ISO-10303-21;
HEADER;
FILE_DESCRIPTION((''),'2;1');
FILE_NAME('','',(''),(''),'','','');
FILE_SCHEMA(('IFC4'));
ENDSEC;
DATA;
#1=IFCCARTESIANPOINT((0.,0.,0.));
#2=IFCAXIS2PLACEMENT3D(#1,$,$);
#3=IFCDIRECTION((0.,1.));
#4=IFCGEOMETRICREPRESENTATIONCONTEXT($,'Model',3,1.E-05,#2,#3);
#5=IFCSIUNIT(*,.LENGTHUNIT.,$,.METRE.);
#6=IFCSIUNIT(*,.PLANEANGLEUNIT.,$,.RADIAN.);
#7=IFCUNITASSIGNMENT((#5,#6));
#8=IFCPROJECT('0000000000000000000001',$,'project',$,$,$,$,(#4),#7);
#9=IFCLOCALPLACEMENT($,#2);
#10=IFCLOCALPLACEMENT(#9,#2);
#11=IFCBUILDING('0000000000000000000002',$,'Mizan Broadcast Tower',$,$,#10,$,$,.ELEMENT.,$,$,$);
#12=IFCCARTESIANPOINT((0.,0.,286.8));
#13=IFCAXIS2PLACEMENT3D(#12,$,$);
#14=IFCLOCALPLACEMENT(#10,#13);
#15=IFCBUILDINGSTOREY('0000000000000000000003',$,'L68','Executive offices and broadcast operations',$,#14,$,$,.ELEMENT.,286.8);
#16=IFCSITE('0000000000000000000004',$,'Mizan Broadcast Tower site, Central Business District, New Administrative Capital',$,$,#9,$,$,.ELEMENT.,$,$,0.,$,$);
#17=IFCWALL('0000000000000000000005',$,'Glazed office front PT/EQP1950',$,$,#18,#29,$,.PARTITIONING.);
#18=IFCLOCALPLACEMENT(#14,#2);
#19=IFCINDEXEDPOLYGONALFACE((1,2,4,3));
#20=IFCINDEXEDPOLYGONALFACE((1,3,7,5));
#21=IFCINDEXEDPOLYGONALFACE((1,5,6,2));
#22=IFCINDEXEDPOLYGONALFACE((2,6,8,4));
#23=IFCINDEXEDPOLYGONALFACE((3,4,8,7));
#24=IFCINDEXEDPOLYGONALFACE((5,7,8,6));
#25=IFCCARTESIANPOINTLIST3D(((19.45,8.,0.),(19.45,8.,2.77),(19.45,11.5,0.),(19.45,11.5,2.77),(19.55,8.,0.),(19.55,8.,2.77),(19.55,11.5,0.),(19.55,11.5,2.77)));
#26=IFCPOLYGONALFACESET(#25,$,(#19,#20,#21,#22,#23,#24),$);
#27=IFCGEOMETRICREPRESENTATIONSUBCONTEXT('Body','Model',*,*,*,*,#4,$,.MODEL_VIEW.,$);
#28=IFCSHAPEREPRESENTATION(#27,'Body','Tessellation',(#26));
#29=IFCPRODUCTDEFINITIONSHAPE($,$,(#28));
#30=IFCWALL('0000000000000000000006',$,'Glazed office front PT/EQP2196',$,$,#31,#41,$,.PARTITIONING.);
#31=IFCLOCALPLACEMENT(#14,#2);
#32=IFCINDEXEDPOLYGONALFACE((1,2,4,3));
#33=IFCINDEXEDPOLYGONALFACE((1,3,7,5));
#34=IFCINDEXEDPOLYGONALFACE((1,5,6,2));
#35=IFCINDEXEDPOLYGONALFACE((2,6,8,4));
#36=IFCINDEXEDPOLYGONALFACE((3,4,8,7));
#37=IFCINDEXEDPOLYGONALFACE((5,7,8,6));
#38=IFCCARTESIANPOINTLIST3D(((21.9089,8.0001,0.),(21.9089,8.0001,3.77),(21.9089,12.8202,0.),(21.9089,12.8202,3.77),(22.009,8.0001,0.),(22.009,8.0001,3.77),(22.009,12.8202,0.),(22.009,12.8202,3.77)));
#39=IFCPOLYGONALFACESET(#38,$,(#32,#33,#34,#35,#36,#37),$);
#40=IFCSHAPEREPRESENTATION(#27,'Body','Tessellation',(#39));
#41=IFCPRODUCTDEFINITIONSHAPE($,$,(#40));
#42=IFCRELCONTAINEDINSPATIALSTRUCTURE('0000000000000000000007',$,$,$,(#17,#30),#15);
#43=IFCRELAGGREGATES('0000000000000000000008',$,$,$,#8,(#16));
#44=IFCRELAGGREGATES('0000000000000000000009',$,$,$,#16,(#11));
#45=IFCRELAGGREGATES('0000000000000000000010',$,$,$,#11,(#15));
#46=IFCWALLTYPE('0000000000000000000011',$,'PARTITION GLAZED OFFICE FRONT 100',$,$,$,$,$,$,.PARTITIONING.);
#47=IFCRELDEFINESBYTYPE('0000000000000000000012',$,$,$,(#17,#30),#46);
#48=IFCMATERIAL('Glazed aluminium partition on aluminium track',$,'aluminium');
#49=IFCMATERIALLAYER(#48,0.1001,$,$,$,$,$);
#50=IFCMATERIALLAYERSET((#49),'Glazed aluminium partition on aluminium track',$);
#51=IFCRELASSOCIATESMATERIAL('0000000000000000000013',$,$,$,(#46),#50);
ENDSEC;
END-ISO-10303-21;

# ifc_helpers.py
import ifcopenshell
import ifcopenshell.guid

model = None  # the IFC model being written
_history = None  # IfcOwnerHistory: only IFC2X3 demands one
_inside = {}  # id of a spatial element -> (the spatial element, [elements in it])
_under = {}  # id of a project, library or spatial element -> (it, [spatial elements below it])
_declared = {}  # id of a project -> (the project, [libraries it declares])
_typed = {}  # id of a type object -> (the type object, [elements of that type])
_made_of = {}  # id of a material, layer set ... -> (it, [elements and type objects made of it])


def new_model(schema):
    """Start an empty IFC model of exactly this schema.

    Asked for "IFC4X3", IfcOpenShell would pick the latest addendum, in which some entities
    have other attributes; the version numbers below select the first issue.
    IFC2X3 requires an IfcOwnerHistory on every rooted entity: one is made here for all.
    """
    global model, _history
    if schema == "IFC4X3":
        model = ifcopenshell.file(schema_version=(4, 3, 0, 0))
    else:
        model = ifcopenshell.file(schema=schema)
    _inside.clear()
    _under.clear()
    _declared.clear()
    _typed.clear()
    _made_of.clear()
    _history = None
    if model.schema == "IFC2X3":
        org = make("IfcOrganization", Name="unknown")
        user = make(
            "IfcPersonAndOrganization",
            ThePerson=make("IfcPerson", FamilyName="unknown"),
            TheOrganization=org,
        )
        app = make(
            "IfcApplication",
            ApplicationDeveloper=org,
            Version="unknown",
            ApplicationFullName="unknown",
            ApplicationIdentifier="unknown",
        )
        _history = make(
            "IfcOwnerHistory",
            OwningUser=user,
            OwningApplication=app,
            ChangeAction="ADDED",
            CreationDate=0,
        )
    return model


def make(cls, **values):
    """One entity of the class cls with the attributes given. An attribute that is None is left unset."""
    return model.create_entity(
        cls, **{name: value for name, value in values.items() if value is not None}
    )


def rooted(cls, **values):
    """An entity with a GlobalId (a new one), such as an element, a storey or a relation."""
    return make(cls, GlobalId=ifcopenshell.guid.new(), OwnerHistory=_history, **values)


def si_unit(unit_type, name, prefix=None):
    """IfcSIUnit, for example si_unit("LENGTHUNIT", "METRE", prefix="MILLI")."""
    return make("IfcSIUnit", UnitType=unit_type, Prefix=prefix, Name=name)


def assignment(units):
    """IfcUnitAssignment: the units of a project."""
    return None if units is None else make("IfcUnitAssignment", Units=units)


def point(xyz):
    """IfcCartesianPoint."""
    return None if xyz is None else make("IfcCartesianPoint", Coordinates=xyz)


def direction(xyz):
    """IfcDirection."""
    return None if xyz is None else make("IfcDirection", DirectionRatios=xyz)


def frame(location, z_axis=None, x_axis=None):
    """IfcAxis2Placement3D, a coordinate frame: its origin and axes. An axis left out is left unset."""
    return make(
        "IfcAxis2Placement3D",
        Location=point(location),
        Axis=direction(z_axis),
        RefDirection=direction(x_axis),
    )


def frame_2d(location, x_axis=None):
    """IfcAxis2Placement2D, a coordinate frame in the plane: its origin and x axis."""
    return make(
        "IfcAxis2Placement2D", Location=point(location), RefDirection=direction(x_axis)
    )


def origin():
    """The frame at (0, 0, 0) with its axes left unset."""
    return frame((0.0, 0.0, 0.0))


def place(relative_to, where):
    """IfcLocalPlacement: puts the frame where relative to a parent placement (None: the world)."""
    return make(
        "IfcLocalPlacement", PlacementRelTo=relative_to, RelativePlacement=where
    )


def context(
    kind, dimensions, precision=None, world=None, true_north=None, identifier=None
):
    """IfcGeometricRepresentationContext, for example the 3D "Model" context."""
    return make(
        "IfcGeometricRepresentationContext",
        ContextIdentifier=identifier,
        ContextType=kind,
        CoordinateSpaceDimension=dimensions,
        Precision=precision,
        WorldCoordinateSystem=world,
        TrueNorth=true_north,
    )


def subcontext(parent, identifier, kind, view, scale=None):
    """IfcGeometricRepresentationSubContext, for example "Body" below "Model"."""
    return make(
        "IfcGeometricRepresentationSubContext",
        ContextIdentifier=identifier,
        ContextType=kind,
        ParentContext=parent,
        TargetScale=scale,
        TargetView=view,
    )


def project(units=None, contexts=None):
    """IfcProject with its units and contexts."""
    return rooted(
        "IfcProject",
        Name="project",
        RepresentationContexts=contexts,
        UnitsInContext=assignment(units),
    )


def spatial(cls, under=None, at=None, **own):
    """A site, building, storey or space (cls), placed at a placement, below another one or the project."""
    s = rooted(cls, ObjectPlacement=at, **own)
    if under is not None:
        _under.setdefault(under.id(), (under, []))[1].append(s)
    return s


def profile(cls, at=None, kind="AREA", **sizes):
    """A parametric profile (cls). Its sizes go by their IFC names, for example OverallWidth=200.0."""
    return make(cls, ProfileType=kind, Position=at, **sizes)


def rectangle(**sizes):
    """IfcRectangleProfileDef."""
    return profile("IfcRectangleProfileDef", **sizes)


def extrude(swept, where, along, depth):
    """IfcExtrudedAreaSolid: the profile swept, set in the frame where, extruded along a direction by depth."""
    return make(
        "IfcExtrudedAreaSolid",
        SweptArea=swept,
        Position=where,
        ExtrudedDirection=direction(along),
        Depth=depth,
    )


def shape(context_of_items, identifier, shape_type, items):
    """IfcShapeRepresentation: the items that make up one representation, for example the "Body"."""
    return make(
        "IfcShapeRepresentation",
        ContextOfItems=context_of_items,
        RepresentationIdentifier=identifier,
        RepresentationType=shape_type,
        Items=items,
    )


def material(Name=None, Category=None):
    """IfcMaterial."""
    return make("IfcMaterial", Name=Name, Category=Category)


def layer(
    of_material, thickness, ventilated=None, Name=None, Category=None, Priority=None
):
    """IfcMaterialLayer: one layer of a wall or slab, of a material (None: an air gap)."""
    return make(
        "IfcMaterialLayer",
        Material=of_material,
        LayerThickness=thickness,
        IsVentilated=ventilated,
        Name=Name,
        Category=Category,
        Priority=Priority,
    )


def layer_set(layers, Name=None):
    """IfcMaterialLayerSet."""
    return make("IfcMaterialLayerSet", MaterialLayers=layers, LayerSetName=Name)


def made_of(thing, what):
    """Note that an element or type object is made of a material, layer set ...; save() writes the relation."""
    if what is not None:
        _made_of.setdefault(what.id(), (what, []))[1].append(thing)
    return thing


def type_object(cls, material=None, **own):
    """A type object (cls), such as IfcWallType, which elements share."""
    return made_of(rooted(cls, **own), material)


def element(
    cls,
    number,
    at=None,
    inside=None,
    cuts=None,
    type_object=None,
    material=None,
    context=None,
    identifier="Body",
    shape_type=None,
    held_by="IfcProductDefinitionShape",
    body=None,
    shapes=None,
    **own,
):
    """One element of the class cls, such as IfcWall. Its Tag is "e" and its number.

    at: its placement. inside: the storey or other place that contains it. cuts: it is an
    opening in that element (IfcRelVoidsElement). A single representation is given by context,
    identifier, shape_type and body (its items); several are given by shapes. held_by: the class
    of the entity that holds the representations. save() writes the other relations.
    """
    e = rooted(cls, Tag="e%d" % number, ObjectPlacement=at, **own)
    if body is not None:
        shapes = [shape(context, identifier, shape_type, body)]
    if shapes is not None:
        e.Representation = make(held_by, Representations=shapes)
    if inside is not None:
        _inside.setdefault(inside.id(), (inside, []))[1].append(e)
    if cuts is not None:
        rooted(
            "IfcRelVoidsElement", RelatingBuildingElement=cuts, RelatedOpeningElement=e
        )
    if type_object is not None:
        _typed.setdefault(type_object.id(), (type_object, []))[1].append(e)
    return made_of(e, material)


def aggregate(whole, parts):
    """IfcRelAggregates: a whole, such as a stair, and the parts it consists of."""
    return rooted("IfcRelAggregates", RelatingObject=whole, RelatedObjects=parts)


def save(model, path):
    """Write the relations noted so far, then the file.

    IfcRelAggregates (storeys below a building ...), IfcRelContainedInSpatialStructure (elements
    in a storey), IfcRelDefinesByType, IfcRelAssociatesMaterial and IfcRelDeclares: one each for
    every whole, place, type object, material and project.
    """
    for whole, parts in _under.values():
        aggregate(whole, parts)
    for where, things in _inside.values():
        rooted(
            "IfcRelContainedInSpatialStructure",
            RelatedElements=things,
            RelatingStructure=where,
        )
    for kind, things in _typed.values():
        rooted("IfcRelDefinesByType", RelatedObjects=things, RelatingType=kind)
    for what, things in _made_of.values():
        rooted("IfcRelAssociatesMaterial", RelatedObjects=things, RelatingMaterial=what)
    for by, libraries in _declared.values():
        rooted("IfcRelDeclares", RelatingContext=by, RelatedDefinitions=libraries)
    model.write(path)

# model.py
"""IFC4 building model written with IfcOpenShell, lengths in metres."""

from ifc_helpers import new_model, si_unit, direction, frame, frame_2d, origin, place, context, subcontext, project, spatial, rectangle, extrude, material, layer, layer_set, type_object, element, save


model = new_model("IFC4")

# Units and contexts
model_context = context("Model", 3, precision=1e-05, world=origin(), true_north=direction((0.0, 1.0)))
body_context = subcontext(model_context, "Body", "Model", "MODEL_VIEW")
ifc_project = project(units=[si_unit("LENGTHUNIT", "METRE"), si_unit("PLANEANGLEUNIT", "RADIAN")], contexts=[model_context])

# Site, building, storey
site_placement = place(None, origin())
site = spatial("IfcSite", under=ifc_project, at=site_placement, Name="Mizan Broadcast Tower site, Central Business District, New Administrative Capital", CompositionType="ELEMENT", RefElevation=0.0)
building_placement = place(site_placement, origin())
building = spatial("IfcBuilding", under=site, at=building_placement, Name="Mizan Broadcast Tower", CompositionType="ELEMENT")
storey_placement = place(building_placement, frame((0.0, 0.0, 286.8)))
storey = spatial("IfcBuildingStorey", under=building, at=storey_placement, Name="L68", Description="Executive offices and broadcast operations", CompositionType="ELEMENT", Elevation=286.8)

# Shared definitions
ifc_material_1 = material(Name="Glazed aluminium partition on aluminium track", Category="aluminium")
ifc_layer_1 = layer(ifc_material_1, 0.1001)
ifc_layer_set_1 = layer_set([ifc_layer_1], Name="Glazed aluminium partition on aluminium track")
wall_type = type_object("IfcWallType", Name="PARTITION GLAZED OFFICE FRONT 100", PredefinedType="PARTITIONING", material=ifc_layer_set_1)

# Walls
wall_1_placement = place(storey_placement, frame((19.5, 8.0, 0.0), z_axis=(0.0, 0.0, 1.0), x_axis=(0.0, 1.0, 0.0)))
element("IfcWall", 1, at=wall_1_placement, inside=storey, type_object=wall_type, Name="Glazed office front PT/EQP1950", PredefinedType="PARTITIONING", context=body_context, shape_type="SweptSolid", body=[
    extrude(rectangle(XDim=3.5, YDim=0.1001, at=frame_2d((1.75, 0.0))), origin(), (0.0, 0.0, 1.0), 2.77),
])
wall_2_placement = place(storey_placement, frame((21.959, 8.0, 0.0), z_axis=(0.0, 0.0, 1.0), x_axis=(0.0, 1.0, 0.0)))
element("IfcWall", 2, at=wall_2_placement, inside=storey, type_object=wall_type, Name="Glazed office front PT/EQP2196", PredefinedType="PARTITIONING", context=body_context, shape_type="SweptSolid", body=[
    extrude(rectangle(XDim=4.8201, YDim=0.1001, at=frame_2d((2.4102, 0.0))), origin(), (0.0, 0.0, 1.0), 3.77),
])

save(model, "model.ifc")
